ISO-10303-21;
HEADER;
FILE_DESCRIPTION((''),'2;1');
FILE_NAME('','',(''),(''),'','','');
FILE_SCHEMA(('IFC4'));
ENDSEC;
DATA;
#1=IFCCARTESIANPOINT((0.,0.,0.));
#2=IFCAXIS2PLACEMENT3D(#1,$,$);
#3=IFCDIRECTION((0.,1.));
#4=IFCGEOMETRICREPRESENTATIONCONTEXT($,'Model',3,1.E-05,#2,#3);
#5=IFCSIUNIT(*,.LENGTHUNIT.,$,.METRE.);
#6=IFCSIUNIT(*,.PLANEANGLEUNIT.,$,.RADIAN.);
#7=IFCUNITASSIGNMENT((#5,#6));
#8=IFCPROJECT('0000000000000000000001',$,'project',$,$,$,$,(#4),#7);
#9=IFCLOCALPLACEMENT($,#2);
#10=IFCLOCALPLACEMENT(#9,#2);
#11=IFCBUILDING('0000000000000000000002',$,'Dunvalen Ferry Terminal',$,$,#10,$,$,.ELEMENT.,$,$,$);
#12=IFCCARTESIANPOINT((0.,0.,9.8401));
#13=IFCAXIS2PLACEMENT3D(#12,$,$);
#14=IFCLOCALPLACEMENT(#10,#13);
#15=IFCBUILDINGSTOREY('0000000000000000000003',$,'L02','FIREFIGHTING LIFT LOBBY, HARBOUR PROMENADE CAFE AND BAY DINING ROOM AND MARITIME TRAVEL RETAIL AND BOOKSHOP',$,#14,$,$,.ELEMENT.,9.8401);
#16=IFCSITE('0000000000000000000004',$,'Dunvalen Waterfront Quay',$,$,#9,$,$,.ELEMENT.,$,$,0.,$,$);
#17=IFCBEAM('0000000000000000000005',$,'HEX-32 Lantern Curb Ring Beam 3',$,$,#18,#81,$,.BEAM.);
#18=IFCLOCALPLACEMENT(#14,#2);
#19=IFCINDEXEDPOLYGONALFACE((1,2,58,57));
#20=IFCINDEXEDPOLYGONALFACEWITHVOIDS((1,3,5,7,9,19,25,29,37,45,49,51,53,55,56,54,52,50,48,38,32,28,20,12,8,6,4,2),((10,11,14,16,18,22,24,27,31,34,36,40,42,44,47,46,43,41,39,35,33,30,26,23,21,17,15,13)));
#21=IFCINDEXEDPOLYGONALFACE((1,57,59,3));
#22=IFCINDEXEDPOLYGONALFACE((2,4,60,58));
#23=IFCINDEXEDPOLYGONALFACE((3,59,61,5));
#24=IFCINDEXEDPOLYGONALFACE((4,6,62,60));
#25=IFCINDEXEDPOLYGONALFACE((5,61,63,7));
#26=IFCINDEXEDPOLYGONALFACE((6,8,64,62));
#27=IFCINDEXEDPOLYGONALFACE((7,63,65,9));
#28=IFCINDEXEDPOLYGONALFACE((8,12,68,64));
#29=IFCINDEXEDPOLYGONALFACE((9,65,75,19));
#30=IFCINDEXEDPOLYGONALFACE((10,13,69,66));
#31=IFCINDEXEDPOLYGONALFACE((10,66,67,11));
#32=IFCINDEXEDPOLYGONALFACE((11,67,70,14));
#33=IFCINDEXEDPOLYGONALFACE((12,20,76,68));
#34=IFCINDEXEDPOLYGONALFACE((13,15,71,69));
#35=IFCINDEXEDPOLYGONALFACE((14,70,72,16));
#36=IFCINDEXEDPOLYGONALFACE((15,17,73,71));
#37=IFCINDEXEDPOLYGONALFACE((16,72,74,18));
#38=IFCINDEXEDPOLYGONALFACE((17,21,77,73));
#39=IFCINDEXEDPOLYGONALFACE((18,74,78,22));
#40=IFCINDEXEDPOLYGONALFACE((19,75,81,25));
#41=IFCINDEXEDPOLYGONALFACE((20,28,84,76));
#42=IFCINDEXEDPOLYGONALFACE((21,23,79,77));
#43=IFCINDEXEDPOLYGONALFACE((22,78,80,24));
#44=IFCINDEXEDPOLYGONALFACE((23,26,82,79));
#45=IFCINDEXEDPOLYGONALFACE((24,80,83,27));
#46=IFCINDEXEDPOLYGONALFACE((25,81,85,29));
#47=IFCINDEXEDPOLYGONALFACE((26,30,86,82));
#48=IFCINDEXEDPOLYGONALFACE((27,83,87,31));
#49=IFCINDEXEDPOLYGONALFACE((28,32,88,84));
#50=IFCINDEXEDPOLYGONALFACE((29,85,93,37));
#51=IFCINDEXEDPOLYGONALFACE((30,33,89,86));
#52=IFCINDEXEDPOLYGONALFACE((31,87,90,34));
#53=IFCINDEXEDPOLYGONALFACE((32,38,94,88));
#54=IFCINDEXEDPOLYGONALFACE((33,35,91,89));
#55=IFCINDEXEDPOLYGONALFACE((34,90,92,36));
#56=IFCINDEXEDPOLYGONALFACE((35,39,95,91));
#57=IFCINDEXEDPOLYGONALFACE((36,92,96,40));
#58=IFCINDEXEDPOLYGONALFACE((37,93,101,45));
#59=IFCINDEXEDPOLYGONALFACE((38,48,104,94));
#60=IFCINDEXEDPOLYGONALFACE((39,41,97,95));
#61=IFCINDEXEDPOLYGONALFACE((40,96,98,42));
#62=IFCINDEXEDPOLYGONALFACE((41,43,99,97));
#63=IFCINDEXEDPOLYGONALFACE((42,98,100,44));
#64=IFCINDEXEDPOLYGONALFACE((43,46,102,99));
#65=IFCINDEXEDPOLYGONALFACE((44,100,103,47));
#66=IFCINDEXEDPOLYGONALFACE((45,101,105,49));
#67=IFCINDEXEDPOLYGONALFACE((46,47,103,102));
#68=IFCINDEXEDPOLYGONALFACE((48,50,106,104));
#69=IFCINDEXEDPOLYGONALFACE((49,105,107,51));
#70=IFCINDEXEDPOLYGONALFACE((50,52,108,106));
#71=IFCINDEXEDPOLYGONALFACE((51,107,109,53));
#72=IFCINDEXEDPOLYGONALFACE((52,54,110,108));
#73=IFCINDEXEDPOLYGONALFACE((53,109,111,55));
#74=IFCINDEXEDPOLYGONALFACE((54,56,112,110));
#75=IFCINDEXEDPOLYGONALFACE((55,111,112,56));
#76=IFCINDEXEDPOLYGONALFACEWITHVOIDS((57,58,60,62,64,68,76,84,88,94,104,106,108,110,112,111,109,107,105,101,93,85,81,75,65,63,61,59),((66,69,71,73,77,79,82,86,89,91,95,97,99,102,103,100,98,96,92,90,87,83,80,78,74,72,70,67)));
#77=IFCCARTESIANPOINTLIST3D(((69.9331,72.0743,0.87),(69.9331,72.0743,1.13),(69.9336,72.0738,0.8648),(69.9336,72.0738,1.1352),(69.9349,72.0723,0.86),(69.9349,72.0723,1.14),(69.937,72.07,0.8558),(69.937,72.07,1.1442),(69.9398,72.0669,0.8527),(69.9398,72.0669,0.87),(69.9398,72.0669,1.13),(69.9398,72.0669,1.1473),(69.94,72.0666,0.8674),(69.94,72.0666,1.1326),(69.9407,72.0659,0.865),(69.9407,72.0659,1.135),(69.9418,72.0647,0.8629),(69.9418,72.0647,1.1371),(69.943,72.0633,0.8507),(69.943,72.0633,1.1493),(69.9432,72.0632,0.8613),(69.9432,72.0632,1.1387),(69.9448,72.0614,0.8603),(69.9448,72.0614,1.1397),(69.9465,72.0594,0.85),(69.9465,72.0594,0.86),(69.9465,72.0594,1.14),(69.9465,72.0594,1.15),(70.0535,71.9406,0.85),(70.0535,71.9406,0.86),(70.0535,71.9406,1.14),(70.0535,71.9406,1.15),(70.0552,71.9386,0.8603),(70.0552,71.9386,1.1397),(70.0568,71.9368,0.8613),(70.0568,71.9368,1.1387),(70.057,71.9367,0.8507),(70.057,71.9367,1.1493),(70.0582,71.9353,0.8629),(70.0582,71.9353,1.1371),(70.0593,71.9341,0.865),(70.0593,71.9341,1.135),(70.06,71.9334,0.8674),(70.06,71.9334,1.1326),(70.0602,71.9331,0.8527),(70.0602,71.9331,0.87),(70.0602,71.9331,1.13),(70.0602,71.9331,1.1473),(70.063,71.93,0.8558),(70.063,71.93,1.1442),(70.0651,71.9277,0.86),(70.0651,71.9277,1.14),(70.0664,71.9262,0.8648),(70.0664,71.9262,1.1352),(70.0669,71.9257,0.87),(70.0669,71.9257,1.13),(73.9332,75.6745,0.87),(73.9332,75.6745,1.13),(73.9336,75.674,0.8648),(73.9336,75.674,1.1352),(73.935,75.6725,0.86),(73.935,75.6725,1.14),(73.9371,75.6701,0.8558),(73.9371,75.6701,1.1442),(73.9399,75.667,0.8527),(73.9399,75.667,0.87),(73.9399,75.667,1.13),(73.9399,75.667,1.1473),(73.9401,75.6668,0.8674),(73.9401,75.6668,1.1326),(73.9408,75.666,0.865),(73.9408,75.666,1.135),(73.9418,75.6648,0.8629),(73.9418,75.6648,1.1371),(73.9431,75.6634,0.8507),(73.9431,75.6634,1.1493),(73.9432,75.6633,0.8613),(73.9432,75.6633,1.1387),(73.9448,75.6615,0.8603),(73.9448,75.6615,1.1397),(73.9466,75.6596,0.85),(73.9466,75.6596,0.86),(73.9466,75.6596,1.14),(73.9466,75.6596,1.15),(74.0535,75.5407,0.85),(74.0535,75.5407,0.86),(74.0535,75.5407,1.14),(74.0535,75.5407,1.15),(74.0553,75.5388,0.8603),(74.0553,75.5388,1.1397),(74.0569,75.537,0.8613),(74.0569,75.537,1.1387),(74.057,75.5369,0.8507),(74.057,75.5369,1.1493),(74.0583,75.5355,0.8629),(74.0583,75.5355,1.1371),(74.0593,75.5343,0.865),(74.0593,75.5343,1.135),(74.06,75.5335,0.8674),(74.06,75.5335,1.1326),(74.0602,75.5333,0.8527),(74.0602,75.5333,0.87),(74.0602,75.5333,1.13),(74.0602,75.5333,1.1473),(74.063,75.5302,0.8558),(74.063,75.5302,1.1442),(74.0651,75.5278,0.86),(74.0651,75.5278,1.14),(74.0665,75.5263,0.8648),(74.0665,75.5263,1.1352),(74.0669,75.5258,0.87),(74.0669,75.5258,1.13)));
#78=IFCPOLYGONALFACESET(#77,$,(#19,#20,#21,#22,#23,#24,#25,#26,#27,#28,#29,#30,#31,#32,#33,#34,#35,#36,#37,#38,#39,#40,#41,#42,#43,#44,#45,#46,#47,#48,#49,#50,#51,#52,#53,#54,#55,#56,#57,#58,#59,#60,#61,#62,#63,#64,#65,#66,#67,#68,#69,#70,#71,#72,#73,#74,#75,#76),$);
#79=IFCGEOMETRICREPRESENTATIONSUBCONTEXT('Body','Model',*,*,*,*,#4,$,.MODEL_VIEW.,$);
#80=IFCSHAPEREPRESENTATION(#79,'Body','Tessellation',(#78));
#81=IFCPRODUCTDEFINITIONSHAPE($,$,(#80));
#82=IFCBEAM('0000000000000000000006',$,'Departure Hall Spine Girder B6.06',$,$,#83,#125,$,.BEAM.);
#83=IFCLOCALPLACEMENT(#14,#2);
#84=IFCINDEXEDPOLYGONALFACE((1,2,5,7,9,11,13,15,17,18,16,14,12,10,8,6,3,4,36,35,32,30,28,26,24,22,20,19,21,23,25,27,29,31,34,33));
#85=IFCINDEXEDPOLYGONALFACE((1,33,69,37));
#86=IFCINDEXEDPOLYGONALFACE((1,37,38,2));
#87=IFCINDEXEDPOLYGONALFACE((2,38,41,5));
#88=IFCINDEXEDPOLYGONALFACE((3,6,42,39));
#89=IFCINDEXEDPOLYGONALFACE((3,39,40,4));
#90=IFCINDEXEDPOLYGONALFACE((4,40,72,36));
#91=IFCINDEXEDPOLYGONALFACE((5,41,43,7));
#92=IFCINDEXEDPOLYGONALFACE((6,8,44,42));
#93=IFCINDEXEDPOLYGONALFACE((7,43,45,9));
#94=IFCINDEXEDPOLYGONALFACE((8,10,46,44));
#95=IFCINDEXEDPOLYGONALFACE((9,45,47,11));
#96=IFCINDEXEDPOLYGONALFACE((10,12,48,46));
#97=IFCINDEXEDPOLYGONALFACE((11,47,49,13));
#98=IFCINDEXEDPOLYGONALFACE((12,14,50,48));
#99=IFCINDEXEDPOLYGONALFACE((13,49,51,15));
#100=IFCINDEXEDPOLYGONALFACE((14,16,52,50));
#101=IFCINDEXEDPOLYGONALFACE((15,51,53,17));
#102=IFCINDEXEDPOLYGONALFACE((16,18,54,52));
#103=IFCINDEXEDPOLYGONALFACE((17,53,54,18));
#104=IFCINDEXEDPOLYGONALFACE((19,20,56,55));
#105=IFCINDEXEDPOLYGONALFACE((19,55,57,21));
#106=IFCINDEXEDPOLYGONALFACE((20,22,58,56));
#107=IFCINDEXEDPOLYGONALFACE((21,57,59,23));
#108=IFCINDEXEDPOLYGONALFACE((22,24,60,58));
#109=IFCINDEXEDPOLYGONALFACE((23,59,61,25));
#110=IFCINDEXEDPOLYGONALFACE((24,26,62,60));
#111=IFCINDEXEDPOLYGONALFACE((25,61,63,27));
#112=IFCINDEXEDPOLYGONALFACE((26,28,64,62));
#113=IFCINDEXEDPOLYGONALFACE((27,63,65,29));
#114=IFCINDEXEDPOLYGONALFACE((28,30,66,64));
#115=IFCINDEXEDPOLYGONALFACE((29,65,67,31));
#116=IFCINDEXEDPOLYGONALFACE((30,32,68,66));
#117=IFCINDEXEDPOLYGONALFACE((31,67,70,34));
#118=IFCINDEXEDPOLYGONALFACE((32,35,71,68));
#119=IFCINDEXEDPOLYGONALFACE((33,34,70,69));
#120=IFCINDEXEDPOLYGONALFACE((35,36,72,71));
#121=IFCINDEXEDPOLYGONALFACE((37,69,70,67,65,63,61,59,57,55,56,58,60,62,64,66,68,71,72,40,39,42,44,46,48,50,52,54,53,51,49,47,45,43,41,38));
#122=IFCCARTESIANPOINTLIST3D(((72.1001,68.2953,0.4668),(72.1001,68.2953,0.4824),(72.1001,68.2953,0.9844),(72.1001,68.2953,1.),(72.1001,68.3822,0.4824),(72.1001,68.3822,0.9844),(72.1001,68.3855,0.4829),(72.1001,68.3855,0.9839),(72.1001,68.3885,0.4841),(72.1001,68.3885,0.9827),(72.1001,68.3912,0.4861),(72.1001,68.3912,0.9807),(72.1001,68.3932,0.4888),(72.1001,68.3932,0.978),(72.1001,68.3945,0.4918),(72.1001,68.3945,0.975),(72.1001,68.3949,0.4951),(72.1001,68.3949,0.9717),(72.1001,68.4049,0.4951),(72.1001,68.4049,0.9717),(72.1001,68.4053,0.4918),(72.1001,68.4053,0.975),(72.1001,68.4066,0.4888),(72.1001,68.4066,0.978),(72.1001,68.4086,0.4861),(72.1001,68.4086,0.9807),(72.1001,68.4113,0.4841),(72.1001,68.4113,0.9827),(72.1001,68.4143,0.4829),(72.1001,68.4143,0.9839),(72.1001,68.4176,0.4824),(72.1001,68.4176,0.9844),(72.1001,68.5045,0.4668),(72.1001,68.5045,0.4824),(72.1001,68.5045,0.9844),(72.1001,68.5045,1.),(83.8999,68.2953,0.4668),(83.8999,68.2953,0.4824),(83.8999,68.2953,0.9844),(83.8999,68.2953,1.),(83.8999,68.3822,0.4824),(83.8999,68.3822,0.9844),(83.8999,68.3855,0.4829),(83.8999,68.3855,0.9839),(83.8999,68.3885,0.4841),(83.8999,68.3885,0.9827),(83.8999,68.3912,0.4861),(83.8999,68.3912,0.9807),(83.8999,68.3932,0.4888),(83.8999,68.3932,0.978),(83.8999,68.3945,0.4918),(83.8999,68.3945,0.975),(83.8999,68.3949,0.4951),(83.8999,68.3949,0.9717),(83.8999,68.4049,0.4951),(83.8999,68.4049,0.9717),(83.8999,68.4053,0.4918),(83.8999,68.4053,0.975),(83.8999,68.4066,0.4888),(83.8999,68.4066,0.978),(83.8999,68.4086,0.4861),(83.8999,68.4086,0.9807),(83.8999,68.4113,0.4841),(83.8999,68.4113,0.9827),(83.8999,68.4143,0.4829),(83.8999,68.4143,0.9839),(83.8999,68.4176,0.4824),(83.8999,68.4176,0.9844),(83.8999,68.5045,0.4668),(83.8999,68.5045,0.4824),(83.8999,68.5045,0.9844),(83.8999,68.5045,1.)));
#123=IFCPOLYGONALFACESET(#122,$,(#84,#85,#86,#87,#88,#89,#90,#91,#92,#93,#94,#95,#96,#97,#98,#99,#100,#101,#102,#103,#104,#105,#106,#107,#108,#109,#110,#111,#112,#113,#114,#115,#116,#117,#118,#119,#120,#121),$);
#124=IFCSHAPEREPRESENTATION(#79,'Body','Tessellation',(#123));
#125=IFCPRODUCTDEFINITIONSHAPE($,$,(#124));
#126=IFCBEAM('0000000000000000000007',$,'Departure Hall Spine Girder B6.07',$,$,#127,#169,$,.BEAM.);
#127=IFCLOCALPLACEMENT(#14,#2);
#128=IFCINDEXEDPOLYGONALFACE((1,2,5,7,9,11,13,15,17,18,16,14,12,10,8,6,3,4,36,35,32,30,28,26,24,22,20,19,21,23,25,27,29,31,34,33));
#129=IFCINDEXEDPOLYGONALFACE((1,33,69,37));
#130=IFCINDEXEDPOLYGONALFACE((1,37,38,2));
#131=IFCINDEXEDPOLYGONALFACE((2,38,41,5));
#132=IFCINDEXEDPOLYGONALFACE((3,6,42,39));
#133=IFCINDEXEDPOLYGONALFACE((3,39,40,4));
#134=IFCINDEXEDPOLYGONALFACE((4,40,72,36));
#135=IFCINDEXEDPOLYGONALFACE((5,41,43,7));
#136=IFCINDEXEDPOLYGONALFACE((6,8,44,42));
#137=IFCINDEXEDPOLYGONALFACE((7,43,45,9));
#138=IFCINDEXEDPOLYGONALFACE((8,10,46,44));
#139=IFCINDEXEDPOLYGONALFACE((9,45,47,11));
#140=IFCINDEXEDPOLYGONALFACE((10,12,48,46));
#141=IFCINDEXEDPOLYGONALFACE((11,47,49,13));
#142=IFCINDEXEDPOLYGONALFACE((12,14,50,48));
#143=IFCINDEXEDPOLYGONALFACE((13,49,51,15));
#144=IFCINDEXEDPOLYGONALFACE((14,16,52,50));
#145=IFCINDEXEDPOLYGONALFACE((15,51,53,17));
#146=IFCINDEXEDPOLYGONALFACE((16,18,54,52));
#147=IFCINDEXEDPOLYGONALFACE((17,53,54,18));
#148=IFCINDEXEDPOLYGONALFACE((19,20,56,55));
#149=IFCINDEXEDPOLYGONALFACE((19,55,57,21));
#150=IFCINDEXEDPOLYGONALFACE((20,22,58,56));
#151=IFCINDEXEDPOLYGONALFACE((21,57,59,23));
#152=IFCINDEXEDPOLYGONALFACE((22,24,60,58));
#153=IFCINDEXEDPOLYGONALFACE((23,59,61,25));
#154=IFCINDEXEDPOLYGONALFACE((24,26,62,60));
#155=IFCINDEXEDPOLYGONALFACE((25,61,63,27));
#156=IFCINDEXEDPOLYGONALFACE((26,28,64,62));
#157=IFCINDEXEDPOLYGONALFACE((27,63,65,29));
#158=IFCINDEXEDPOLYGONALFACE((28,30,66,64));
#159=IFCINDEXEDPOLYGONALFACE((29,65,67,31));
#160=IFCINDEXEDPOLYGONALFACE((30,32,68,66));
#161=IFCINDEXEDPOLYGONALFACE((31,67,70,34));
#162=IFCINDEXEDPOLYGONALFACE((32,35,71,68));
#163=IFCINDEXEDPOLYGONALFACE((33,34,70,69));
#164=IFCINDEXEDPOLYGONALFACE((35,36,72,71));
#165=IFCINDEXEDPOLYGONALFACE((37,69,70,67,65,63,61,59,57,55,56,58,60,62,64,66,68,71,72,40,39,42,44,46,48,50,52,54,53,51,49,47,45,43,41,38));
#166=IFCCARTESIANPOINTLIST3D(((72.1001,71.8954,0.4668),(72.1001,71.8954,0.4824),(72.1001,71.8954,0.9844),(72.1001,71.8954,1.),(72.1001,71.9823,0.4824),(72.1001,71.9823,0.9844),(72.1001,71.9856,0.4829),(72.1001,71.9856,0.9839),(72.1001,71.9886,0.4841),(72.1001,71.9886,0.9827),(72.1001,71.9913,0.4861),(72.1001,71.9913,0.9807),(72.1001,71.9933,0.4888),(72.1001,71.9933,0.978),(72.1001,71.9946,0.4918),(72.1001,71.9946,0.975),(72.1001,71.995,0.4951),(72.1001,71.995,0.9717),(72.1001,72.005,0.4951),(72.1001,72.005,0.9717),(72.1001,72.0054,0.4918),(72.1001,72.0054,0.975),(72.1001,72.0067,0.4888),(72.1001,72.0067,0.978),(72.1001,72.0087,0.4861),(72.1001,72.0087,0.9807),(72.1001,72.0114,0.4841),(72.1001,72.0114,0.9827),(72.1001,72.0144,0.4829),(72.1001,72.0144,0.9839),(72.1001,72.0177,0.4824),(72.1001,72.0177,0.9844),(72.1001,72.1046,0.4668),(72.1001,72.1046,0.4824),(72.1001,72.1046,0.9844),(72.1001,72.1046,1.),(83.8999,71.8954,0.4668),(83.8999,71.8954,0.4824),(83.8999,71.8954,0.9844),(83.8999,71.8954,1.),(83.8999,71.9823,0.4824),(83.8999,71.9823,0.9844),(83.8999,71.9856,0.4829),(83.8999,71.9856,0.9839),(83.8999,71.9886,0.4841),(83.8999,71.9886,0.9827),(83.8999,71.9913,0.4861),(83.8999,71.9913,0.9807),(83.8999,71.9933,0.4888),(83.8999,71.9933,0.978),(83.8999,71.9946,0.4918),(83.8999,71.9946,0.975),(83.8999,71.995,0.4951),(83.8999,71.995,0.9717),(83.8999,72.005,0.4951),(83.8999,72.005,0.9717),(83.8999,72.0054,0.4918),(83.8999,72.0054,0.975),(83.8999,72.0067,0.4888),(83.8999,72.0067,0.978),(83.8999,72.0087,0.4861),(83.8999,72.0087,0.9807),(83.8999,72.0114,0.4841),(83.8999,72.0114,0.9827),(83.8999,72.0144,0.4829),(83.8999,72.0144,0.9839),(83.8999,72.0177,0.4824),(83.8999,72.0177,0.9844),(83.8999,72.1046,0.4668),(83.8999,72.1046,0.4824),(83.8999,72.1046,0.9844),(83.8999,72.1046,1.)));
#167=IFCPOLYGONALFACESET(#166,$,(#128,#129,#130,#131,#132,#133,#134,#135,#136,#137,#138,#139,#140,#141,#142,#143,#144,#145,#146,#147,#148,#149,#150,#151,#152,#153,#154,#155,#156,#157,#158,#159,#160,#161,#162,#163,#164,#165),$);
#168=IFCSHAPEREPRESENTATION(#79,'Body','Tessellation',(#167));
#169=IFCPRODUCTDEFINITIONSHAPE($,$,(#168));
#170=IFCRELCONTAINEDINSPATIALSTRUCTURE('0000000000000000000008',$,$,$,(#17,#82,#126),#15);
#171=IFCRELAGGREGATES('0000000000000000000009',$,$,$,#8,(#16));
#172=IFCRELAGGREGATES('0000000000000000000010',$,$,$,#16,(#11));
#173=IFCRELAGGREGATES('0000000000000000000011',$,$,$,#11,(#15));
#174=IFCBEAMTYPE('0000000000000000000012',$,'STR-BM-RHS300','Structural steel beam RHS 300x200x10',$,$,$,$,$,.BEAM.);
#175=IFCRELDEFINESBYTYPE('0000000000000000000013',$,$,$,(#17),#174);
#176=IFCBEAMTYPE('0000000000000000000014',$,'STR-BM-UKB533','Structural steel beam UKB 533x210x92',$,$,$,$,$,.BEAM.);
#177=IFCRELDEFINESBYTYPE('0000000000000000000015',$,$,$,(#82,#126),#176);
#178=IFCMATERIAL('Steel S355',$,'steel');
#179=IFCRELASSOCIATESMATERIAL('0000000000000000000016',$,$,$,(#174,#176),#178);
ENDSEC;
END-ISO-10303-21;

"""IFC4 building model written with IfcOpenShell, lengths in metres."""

from ifc_helpers import new_model, si_unit, direction, frame, origin, origin_2d, place, context, subcontext, project, spatial, hollow_rectangle, i_section, extrude, material, material_profile, profile_set, type_object, element, save


model = new_model("IFC4")

# Units and contexts
model_context = context("Model", 3, precision=1e-05, world=origin(), true_north=direction((0.0, 1.0)))
body_context = subcontext(model_context, "Body", "Model", "MODEL_VIEW")
ifc_project = project(units=[si_unit("LENGTHUNIT", "METRE"), si_unit("PLANEANGLEUNIT", "RADIAN")], contexts=[model_context])

# Site, building, storey
site_placement = place(None, origin())
site = spatial("IfcSite", under=ifc_project, at=site_placement, Name="Dunvalen Waterfront Quay", CompositionType="ELEMENT", RefElevation=0.0)
building_placement = place(site_placement, origin())
building = spatial("IfcBuilding", under=site, at=building_placement, Name="Dunvalen Ferry Terminal", CompositionType="ELEMENT")
storey_placement = place(building_placement, frame((0.0, 0.0, 9.8401)))
storey = spatial("IfcBuildingStorey", under=building, at=storey_placement, Name="L02", Description="FIREFIGHTING LIFT LOBBY, HARBOUR PROMENADE CAFE AND BAY DINING ROOM AND MARITIME TRAVEL RETAIL AND BOOKSHOP", CompositionType="ELEMENT", Elevation=9.8401)

# Beams
ifc_material_1 = material(Name="Steel S355", Category="steel")
ifc_material_profile_1 = material_profile(ifc_material_1, hollow_rectangle(XDim=0.2, YDim=0.3, WallThickness=0.01, InnerFilletRadius=0.01, OuterFilletRadius=0.02, at=origin_2d()), Name="Steel S355")
ifc_profile_set_1 = profile_set([ifc_material_profile_1], Name="Steel S355")
beam_type_1 = type_object("IfcBeamType", Name="STR-BM-RHS300", Description="Structural steel beam RHS 300x200x10", PredefinedType="BEAM", material=ifc_profile_set_1)
beam_1_placement = place(storey_placement, frame((70.0, 72.0, 1.0), z_axis=(0.743285, 0.668975, 0.0), x_axis=(-0.668975, 0.743285, 0.0)))
element("IfcBeam", 1, at=beam_1_placement, inside=storey, type_object=beam_type_1, Name="HEX-32 Lantern Curb Ring Beam 3", PredefinedType="BEAM", context=body_context, shape_type="SweptSolid", body=[
    extrude(hollow_rectangle(XDim=0.2, YDim=0.3, WallThickness=0.01, InnerFilletRadius=0.01, OuterFilletRadius=0.02, at=origin_2d()), origin(), (0.0, 0.0, 1.0), 5.3816),
])
ifc_material_profile_2 = material_profile(ifc_material_1, i_section(OverallWidth=0.2092, OverallDepth=0.5332, WebThickness=0.01, FlangeThickness=0.0156, FilletRadius=0.0127, at=origin_2d()), Name="Steel S355")
ifc_profile_set_2 = profile_set([ifc_material_profile_2], Name="Steel S355")
beam_type_2 = type_object("IfcBeamType", Name="STR-BM-UKB533", Description="Structural steel beam UKB 533x210x92", PredefinedType="BEAM", material=ifc_profile_set_2)
for number, where, z_axis, x_axis, name in (
    (2, (72.1001, 68.3999, 0.7334), (1.0, 0.0, 0.0), (0.0, 1.0, 0.0), "Departure Hall Spine Girder B6.06"),
    (3, (72.1001, 72.0, 0.7334), (1.0, 0.0, 0.0), (0.0, 1.0, 0.0), "Departure Hall Spine Girder B6.07"),
):
    element("IfcBeam", number, at=place(storey_placement, frame(where, z_axis=z_axis, x_axis=x_axis)), inside=storey, type_object=beam_type_2, Name=name, PredefinedType="BEAM", context=body_context, shape_type="SweptSolid", body=[
        extrude(i_section(OverallWidth=0.2092, OverallDepth=0.5332, WebThickness=0.01, FlangeThickness=0.0156, FilletRadius=0.0127, at=origin_2d()), origin(), (0.0, 0.0, 1.0), 11.7998),
    ])

save(model, "model.ifc")
